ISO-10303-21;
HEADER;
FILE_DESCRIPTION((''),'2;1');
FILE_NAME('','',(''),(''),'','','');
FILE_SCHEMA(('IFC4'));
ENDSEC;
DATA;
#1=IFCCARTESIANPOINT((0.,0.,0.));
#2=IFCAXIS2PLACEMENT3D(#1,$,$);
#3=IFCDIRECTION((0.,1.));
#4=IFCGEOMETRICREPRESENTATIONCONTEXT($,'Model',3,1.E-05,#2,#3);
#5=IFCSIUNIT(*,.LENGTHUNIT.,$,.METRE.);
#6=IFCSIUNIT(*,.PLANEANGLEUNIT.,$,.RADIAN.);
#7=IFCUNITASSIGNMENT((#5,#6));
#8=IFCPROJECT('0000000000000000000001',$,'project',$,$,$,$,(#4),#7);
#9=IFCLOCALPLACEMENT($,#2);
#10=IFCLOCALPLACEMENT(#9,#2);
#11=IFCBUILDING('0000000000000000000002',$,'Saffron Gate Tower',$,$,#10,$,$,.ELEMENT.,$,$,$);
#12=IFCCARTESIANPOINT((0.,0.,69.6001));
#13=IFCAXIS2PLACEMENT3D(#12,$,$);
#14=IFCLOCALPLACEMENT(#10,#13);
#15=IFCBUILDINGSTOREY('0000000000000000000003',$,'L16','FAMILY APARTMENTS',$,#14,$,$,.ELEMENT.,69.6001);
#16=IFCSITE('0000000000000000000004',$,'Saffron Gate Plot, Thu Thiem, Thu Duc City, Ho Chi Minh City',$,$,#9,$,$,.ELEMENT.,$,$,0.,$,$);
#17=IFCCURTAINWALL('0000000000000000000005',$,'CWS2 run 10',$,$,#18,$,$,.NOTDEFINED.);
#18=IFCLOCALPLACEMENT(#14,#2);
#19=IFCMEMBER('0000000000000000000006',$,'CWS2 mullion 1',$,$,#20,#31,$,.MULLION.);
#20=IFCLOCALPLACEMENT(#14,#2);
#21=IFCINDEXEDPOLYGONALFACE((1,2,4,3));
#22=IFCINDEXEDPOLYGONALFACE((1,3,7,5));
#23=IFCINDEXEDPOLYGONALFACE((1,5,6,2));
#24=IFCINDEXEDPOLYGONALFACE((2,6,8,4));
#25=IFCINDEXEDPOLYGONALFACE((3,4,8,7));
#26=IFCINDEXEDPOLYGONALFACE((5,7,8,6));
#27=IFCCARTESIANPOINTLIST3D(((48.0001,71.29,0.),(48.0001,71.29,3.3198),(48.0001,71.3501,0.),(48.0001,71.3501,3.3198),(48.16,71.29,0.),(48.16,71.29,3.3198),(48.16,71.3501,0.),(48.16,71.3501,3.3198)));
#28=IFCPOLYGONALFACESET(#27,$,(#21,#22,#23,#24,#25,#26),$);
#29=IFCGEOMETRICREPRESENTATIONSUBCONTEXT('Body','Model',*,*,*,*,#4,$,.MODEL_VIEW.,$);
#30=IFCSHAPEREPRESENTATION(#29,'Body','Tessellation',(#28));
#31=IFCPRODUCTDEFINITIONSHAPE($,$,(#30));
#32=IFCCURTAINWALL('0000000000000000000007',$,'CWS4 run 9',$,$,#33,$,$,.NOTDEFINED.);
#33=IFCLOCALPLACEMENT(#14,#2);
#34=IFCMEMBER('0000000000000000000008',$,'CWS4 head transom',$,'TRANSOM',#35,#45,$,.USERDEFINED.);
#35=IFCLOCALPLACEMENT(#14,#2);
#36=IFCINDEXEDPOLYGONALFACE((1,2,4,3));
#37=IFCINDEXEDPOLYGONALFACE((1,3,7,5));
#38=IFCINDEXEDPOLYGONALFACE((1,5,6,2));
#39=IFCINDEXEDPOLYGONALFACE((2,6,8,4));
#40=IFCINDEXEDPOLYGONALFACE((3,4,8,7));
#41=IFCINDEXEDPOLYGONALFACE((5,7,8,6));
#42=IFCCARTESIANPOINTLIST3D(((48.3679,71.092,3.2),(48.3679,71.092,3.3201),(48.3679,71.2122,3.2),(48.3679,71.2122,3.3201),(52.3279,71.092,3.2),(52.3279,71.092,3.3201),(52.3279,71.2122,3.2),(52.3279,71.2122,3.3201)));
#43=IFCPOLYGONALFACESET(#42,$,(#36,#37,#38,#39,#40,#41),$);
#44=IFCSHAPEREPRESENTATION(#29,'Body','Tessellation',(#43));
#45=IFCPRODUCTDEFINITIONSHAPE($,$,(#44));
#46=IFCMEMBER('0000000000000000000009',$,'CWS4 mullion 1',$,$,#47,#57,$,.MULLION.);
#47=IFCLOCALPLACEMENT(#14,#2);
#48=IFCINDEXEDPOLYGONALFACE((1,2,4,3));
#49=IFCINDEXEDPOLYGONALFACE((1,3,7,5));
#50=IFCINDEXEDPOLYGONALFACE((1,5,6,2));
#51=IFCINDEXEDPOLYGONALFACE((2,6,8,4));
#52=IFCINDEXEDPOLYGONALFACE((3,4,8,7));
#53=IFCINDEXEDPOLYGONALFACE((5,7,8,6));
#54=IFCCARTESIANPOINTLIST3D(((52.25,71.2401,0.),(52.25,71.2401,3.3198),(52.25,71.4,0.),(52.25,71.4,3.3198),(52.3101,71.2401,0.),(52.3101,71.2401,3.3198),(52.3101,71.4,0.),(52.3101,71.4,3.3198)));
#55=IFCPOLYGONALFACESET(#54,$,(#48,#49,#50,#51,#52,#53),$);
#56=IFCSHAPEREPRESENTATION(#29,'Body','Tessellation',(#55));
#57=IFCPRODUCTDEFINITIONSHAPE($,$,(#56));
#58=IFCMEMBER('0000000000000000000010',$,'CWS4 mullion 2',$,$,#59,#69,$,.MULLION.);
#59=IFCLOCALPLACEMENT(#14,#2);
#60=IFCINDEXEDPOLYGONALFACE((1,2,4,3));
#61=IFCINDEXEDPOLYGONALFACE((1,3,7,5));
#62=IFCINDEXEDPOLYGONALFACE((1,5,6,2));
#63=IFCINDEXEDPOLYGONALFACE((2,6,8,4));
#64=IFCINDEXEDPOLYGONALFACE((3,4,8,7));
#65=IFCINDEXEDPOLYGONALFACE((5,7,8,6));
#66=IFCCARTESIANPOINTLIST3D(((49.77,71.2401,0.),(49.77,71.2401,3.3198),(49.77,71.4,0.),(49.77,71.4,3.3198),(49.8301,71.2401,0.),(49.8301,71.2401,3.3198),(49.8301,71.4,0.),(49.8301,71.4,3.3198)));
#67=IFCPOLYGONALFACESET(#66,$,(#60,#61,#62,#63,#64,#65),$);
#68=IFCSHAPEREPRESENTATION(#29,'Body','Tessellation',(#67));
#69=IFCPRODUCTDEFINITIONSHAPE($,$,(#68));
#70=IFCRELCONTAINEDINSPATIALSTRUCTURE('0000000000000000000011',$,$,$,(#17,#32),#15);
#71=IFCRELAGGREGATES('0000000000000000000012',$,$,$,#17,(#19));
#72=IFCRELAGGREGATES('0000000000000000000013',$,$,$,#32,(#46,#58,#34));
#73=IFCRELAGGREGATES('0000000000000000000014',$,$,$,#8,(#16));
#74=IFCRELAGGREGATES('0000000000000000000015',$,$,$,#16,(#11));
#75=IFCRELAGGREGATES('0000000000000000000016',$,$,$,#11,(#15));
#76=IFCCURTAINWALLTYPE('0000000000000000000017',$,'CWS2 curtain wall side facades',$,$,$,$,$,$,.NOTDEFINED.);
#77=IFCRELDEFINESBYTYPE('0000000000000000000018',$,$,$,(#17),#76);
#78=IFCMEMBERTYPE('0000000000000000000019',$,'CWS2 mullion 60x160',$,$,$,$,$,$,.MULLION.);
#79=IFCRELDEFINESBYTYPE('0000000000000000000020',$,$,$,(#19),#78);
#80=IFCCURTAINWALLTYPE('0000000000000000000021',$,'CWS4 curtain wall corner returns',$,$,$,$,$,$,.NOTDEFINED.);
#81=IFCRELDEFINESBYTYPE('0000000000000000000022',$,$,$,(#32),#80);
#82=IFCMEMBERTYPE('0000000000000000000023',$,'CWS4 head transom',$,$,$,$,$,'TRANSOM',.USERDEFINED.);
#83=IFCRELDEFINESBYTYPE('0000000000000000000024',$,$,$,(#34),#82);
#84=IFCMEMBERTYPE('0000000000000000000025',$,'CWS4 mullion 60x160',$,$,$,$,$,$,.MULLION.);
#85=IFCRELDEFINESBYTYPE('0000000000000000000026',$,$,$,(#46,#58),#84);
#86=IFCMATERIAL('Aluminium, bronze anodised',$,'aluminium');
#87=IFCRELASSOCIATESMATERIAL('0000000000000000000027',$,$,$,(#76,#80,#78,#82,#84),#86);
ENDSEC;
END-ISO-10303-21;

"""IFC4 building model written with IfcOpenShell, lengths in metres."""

from ifc_helpers import new_model, si_unit, direction, frame, origin, origin_2d, place, context, subcontext, project, spatial, rectangle, extrude, material, material_profile, profile_set, type_object, element, aggregate, save


model = new_model("IFC4")

# Units and contexts
model_context = context("Model", 3, precision=1e-05, world=origin(), true_north=direction((0.0, 1.0)))
body_context = subcontext(model_context, "Body", "Model", "MODEL_VIEW")
ifc_project = project(units=[si_unit("LENGTHUNIT", "METRE"), si_unit("PLANEANGLEUNIT", "RADIAN")], contexts=[model_context])

# Site, building, storey
site_placement = place(None, origin())
site = spatial("IfcSite", under=ifc_project, at=site_placement, Name="Saffron Gate Plot, Thu Thiem, Thu Duc City, Ho Chi Minh City", CompositionType="ELEMENT", RefElevation=0.0)
building_placement = place(site_placement, origin())
building = spatial("IfcBuilding", under=site, at=building_placement, Name="Saffron Gate Tower", CompositionType="ELEMENT")
storey_placement = place(building_placement, frame((0.0, 0.0, 69.6001)))
storey = spatial("IfcBuildingStorey", under=building, at=storey_placement, Name="L16", Description="FAMILY APARTMENTS", CompositionType="ELEMENT", Elevation=69.6001)

# Curtain wall, member
ifc_material_1 = material(Name="Aluminium, bronze anodised", Category="aluminium")
curtain_wall_type_1 = type_object("IfcCurtainWallType", Name="CWS2 curtain wall side facades", PredefinedType="NOTDEFINED", material=ifc_material_1)
curtain_wall_1_placement = place(storey_placement, origin())
curtain_wall_1 = element("IfcCurtainWall", 1, at=curtain_wall_1_placement, inside=storey, type_object=curtain_wall_type_1, Name="CWS2 run 10", PredefinedType="NOTDEFINED")
ifc_material_profile_1 = material_profile(ifc_material_1, rectangle(XDim=0.1599, YDim=0.0601, at=origin_2d()))
ifc_profile_set_1 = profile_set([ifc_material_profile_1], Name="Aluminium, bronze anodised")
member_type_1 = type_object("IfcMemberType", Name="CWS2 mullion 60x160", PredefinedType="MULLION", material=ifc_profile_set_1)
member_1_placement = place(storey_placement, frame((48.0801, 71.3201, 0.0), z_axis=(0.0, 0.0, 1.0), x_axis=(1.0, 0.0, 0.0)))
member_1 = element("IfcMember", 2, at=member_1_placement, type_object=member_type_1, Name="CWS2 mullion 1", PredefinedType="MULLION", context=body_context, shape_type="SweptSolid", body=[
    extrude(rectangle(XDim=0.1599, YDim=0.0601, at=origin_2d()), origin(), (0.0, 0.0, 1.0), 3.3198),
])

# Curtain wall, members
curtain_wall_type_2 = type_object("IfcCurtainWallType", Name="CWS4 curtain wall corner returns", PredefinedType="NOTDEFINED", material=ifc_material_1)
curtain_wall_2_placement = place(storey_placement, origin())
curtain_wall_2 = element("IfcCurtainWall", 3, at=curtain_wall_2_placement, inside=storey, type_object=curtain_wall_type_2, Name="CWS4 run 9", PredefinedType="NOTDEFINED")
ifc_material_profile_2 = material_profile(ifc_material_1, rectangle(XDim=0.1201, YDim=0.1201, at=origin_2d()))
ifc_profile_set_2 = profile_set([ifc_material_profile_2], Name="Aluminium, bronze anodised")
member_type_2 = type_object("IfcMemberType", Name="CWS4 head transom", ElementType="TRANSOM", PredefinedType="USERDEFINED", material=ifc_profile_set_2)
member_2_placement = place(storey_placement, frame((52.3279, 71.1521, 3.26), z_axis=(-1.0, 0.0, 0.0), x_axis=(0.0, -1.0, 0.0)))
member_2 = element("IfcMember", 4, at=member_2_placement, type_object=member_type_2, Name="CWS4 head transom", ObjectType="TRANSOM", PredefinedType="USERDEFINED", context=body_context, shape_type="SweptSolid", body=[
    extrude(rectangle(XDim=0.1201, YDim=0.1201, at=origin_2d()), origin(), (0.0, 0.0, 1.0), 3.96),
])
ifc_material_profile_3 = material_profile(ifc_material_1, rectangle(XDim=0.1599, YDim=0.0601, at=origin_2d()))
ifc_profile_set_3 = profile_set([ifc_material_profile_3], Name="Aluminium, bronze anodised")
member_type_3 = type_object("IfcMemberType", Name="CWS4 mullion 60x160", PredefinedType="MULLION", material=ifc_profile_set_3)
member_3_placement = place(storey_placement, frame((52.28, 71.3201, 0.0), z_axis=(0.0, 0.0, 1.0), x_axis=(0.0, -1.0, 0.0)))
member_3 = element("IfcMember", 5, at=member_3_placement, type_object=member_type_3, Name="CWS4 mullion 1", PredefinedType="MULLION", context=body_context, shape_type="SweptSolid", body=[
    extrude(rectangle(XDim=0.1599, YDim=0.0601, at=origin_2d()), origin(), (0.0, 0.0, 1.0), 3.3198),
])
member_4_placement = place(storey_placement, frame((49.8, 71.3201, 0.0), z_axis=(0.0, 0.0, 1.0), x_axis=(0.0, -1.0, 0.0)))
member_4 = element("IfcMember", 6, at=member_4_placement, type_object=member_type_3, Name="CWS4 mullion 2", PredefinedType="MULLION", context=body_context, shape_type="SweptSolid", body=[
    extrude(rectangle(XDim=0.1599, YDim=0.0601, at=origin_2d()), origin(), (0.0, 0.0, 1.0), 3.3198),
])

aggregate(curtain_wall_1, [member_1])

aggregate(curtain_wall_2, [member_3, member_4, member_2])

save(model, "model.ifc")
